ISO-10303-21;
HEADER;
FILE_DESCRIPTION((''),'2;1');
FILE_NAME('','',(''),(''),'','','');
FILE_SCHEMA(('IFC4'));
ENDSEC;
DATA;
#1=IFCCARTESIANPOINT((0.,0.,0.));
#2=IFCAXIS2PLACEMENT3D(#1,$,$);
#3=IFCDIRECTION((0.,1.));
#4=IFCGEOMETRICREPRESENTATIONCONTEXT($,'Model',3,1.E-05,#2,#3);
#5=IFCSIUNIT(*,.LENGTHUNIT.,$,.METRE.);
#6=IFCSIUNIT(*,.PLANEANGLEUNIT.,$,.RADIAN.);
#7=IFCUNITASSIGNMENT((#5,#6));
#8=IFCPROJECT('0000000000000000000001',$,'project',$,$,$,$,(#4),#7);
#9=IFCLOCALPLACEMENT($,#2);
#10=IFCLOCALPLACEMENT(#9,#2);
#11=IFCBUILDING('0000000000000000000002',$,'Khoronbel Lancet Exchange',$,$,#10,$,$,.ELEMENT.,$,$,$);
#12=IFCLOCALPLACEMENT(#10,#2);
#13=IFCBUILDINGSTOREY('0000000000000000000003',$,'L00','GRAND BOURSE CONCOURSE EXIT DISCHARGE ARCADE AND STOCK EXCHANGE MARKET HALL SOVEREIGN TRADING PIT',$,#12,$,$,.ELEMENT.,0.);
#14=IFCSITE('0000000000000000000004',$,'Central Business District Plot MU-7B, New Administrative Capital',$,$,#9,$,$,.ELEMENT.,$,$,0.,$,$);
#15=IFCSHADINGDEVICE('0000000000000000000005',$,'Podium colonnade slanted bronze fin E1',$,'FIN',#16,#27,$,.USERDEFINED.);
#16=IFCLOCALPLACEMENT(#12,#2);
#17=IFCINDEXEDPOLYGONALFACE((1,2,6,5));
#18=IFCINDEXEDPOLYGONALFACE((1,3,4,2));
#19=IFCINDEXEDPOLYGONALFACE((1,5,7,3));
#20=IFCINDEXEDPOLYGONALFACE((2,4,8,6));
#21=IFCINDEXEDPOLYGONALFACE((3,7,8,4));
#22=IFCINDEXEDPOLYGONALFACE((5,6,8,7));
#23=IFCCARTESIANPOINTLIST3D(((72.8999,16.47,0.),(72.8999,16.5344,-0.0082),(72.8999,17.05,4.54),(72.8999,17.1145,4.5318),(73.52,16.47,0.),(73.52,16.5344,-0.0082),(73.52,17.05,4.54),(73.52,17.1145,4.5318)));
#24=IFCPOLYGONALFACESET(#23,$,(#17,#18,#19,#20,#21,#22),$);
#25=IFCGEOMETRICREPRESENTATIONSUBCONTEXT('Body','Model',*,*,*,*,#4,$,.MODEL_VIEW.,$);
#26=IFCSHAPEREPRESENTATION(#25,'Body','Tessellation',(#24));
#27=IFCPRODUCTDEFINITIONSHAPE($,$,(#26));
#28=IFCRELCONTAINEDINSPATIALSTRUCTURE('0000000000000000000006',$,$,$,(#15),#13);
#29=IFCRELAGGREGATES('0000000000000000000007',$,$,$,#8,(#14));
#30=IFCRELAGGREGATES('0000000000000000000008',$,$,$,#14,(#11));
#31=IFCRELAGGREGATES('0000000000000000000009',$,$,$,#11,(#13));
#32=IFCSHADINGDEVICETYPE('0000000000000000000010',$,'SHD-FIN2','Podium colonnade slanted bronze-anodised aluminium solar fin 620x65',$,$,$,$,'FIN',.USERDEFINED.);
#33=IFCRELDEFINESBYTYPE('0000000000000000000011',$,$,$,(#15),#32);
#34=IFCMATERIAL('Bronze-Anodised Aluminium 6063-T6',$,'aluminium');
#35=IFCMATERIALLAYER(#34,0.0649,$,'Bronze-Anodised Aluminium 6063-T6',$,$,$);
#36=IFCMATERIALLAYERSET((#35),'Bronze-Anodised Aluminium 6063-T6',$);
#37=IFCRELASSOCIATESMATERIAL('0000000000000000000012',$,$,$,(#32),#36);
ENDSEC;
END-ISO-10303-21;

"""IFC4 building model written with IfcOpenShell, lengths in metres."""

from ifc_helpers import new_model, si_unit, direction, frame, origin, place, context, subcontext, project, spatial, polyline, outline, extrude, material, layer, layer_set, type_object, element, save


model = new_model("IFC4")

# Units and contexts
model_context = context("Model", 3, precision=1e-05, world=origin(), true_north=direction((0.0, 1.0)))
body_context = subcontext(model_context, "Body", "Model", "MODEL_VIEW")
ifc_project = project(units=[si_unit("LENGTHUNIT", "METRE"), si_unit("PLANEANGLEUNIT", "RADIAN")], contexts=[model_context])

# Site, building, storey
site_placement = place(None, origin())
site = spatial("IfcSite", under=ifc_project, at=site_placement, Name="Central Business District Plot MU-7B, New Administrative Capital", CompositionType="ELEMENT", RefElevation=0.0)
building_placement = place(site_placement, origin())
building = spatial("IfcBuilding", under=site, at=building_placement, Name="Khoronbel Lancet Exchange", CompositionType="ELEMENT")
storey_placement = place(building_placement, origin())
storey = spatial("IfcBuildingStorey", under=building, at=storey_placement, Name="L00", Description="GRAND BOURSE CONCOURSE EXIT DISCHARGE ARCADE AND STOCK EXCHANGE MARKET HALL SOVEREIGN TRADING PIT", CompositionType="ELEMENT", Elevation=0.0)

# Shading device
ifc_material_1 = material(Name="Bronze-Anodised Aluminium 6063-T6", Category="aluminium")
ifc_layer_1 = layer(ifc_material_1, 0.0649, Name="Bronze-Anodised Aluminium 6063-T6")
ifc_layer_set_1 = layer_set([ifc_layer_1], Name="Bronze-Anodised Aluminium 6063-T6")
shading_device_type = type_object("IfcShadingDeviceType", Name="SHD-FIN2", Description="Podium colonnade slanted bronze-anodised aluminium solar fin 620x65", ElementType="FIN", PredefinedType="USERDEFINED", material=ifc_layer_set_1)
shading_device_placement = place(storey_placement, frame((72.8999, 16.47, 0.0), z_axis=(0.0, -0.991936, 0.126739), x_axis=(1.0, 0.0, 0.0)))
element("IfcShadingDevice", 1, at=shading_device_placement, inside=storey, type_object=shading_device_type, Name="Podium colonnade slanted bronze fin E1", ObjectType="FIN", PredefinedType="USERDEFINED", context=body_context, shape_type="SweptSolid", body=[
    extrude(outline(polyline([(0.0, 0.0), (0.6201, 0.0), (0.6201, 4.5769), (0.0, 4.5769), (0.0, 0.0)])), origin(), (0.0, 0.0, -1.0), 0.0649),
])

save(model, "model.ifc")
